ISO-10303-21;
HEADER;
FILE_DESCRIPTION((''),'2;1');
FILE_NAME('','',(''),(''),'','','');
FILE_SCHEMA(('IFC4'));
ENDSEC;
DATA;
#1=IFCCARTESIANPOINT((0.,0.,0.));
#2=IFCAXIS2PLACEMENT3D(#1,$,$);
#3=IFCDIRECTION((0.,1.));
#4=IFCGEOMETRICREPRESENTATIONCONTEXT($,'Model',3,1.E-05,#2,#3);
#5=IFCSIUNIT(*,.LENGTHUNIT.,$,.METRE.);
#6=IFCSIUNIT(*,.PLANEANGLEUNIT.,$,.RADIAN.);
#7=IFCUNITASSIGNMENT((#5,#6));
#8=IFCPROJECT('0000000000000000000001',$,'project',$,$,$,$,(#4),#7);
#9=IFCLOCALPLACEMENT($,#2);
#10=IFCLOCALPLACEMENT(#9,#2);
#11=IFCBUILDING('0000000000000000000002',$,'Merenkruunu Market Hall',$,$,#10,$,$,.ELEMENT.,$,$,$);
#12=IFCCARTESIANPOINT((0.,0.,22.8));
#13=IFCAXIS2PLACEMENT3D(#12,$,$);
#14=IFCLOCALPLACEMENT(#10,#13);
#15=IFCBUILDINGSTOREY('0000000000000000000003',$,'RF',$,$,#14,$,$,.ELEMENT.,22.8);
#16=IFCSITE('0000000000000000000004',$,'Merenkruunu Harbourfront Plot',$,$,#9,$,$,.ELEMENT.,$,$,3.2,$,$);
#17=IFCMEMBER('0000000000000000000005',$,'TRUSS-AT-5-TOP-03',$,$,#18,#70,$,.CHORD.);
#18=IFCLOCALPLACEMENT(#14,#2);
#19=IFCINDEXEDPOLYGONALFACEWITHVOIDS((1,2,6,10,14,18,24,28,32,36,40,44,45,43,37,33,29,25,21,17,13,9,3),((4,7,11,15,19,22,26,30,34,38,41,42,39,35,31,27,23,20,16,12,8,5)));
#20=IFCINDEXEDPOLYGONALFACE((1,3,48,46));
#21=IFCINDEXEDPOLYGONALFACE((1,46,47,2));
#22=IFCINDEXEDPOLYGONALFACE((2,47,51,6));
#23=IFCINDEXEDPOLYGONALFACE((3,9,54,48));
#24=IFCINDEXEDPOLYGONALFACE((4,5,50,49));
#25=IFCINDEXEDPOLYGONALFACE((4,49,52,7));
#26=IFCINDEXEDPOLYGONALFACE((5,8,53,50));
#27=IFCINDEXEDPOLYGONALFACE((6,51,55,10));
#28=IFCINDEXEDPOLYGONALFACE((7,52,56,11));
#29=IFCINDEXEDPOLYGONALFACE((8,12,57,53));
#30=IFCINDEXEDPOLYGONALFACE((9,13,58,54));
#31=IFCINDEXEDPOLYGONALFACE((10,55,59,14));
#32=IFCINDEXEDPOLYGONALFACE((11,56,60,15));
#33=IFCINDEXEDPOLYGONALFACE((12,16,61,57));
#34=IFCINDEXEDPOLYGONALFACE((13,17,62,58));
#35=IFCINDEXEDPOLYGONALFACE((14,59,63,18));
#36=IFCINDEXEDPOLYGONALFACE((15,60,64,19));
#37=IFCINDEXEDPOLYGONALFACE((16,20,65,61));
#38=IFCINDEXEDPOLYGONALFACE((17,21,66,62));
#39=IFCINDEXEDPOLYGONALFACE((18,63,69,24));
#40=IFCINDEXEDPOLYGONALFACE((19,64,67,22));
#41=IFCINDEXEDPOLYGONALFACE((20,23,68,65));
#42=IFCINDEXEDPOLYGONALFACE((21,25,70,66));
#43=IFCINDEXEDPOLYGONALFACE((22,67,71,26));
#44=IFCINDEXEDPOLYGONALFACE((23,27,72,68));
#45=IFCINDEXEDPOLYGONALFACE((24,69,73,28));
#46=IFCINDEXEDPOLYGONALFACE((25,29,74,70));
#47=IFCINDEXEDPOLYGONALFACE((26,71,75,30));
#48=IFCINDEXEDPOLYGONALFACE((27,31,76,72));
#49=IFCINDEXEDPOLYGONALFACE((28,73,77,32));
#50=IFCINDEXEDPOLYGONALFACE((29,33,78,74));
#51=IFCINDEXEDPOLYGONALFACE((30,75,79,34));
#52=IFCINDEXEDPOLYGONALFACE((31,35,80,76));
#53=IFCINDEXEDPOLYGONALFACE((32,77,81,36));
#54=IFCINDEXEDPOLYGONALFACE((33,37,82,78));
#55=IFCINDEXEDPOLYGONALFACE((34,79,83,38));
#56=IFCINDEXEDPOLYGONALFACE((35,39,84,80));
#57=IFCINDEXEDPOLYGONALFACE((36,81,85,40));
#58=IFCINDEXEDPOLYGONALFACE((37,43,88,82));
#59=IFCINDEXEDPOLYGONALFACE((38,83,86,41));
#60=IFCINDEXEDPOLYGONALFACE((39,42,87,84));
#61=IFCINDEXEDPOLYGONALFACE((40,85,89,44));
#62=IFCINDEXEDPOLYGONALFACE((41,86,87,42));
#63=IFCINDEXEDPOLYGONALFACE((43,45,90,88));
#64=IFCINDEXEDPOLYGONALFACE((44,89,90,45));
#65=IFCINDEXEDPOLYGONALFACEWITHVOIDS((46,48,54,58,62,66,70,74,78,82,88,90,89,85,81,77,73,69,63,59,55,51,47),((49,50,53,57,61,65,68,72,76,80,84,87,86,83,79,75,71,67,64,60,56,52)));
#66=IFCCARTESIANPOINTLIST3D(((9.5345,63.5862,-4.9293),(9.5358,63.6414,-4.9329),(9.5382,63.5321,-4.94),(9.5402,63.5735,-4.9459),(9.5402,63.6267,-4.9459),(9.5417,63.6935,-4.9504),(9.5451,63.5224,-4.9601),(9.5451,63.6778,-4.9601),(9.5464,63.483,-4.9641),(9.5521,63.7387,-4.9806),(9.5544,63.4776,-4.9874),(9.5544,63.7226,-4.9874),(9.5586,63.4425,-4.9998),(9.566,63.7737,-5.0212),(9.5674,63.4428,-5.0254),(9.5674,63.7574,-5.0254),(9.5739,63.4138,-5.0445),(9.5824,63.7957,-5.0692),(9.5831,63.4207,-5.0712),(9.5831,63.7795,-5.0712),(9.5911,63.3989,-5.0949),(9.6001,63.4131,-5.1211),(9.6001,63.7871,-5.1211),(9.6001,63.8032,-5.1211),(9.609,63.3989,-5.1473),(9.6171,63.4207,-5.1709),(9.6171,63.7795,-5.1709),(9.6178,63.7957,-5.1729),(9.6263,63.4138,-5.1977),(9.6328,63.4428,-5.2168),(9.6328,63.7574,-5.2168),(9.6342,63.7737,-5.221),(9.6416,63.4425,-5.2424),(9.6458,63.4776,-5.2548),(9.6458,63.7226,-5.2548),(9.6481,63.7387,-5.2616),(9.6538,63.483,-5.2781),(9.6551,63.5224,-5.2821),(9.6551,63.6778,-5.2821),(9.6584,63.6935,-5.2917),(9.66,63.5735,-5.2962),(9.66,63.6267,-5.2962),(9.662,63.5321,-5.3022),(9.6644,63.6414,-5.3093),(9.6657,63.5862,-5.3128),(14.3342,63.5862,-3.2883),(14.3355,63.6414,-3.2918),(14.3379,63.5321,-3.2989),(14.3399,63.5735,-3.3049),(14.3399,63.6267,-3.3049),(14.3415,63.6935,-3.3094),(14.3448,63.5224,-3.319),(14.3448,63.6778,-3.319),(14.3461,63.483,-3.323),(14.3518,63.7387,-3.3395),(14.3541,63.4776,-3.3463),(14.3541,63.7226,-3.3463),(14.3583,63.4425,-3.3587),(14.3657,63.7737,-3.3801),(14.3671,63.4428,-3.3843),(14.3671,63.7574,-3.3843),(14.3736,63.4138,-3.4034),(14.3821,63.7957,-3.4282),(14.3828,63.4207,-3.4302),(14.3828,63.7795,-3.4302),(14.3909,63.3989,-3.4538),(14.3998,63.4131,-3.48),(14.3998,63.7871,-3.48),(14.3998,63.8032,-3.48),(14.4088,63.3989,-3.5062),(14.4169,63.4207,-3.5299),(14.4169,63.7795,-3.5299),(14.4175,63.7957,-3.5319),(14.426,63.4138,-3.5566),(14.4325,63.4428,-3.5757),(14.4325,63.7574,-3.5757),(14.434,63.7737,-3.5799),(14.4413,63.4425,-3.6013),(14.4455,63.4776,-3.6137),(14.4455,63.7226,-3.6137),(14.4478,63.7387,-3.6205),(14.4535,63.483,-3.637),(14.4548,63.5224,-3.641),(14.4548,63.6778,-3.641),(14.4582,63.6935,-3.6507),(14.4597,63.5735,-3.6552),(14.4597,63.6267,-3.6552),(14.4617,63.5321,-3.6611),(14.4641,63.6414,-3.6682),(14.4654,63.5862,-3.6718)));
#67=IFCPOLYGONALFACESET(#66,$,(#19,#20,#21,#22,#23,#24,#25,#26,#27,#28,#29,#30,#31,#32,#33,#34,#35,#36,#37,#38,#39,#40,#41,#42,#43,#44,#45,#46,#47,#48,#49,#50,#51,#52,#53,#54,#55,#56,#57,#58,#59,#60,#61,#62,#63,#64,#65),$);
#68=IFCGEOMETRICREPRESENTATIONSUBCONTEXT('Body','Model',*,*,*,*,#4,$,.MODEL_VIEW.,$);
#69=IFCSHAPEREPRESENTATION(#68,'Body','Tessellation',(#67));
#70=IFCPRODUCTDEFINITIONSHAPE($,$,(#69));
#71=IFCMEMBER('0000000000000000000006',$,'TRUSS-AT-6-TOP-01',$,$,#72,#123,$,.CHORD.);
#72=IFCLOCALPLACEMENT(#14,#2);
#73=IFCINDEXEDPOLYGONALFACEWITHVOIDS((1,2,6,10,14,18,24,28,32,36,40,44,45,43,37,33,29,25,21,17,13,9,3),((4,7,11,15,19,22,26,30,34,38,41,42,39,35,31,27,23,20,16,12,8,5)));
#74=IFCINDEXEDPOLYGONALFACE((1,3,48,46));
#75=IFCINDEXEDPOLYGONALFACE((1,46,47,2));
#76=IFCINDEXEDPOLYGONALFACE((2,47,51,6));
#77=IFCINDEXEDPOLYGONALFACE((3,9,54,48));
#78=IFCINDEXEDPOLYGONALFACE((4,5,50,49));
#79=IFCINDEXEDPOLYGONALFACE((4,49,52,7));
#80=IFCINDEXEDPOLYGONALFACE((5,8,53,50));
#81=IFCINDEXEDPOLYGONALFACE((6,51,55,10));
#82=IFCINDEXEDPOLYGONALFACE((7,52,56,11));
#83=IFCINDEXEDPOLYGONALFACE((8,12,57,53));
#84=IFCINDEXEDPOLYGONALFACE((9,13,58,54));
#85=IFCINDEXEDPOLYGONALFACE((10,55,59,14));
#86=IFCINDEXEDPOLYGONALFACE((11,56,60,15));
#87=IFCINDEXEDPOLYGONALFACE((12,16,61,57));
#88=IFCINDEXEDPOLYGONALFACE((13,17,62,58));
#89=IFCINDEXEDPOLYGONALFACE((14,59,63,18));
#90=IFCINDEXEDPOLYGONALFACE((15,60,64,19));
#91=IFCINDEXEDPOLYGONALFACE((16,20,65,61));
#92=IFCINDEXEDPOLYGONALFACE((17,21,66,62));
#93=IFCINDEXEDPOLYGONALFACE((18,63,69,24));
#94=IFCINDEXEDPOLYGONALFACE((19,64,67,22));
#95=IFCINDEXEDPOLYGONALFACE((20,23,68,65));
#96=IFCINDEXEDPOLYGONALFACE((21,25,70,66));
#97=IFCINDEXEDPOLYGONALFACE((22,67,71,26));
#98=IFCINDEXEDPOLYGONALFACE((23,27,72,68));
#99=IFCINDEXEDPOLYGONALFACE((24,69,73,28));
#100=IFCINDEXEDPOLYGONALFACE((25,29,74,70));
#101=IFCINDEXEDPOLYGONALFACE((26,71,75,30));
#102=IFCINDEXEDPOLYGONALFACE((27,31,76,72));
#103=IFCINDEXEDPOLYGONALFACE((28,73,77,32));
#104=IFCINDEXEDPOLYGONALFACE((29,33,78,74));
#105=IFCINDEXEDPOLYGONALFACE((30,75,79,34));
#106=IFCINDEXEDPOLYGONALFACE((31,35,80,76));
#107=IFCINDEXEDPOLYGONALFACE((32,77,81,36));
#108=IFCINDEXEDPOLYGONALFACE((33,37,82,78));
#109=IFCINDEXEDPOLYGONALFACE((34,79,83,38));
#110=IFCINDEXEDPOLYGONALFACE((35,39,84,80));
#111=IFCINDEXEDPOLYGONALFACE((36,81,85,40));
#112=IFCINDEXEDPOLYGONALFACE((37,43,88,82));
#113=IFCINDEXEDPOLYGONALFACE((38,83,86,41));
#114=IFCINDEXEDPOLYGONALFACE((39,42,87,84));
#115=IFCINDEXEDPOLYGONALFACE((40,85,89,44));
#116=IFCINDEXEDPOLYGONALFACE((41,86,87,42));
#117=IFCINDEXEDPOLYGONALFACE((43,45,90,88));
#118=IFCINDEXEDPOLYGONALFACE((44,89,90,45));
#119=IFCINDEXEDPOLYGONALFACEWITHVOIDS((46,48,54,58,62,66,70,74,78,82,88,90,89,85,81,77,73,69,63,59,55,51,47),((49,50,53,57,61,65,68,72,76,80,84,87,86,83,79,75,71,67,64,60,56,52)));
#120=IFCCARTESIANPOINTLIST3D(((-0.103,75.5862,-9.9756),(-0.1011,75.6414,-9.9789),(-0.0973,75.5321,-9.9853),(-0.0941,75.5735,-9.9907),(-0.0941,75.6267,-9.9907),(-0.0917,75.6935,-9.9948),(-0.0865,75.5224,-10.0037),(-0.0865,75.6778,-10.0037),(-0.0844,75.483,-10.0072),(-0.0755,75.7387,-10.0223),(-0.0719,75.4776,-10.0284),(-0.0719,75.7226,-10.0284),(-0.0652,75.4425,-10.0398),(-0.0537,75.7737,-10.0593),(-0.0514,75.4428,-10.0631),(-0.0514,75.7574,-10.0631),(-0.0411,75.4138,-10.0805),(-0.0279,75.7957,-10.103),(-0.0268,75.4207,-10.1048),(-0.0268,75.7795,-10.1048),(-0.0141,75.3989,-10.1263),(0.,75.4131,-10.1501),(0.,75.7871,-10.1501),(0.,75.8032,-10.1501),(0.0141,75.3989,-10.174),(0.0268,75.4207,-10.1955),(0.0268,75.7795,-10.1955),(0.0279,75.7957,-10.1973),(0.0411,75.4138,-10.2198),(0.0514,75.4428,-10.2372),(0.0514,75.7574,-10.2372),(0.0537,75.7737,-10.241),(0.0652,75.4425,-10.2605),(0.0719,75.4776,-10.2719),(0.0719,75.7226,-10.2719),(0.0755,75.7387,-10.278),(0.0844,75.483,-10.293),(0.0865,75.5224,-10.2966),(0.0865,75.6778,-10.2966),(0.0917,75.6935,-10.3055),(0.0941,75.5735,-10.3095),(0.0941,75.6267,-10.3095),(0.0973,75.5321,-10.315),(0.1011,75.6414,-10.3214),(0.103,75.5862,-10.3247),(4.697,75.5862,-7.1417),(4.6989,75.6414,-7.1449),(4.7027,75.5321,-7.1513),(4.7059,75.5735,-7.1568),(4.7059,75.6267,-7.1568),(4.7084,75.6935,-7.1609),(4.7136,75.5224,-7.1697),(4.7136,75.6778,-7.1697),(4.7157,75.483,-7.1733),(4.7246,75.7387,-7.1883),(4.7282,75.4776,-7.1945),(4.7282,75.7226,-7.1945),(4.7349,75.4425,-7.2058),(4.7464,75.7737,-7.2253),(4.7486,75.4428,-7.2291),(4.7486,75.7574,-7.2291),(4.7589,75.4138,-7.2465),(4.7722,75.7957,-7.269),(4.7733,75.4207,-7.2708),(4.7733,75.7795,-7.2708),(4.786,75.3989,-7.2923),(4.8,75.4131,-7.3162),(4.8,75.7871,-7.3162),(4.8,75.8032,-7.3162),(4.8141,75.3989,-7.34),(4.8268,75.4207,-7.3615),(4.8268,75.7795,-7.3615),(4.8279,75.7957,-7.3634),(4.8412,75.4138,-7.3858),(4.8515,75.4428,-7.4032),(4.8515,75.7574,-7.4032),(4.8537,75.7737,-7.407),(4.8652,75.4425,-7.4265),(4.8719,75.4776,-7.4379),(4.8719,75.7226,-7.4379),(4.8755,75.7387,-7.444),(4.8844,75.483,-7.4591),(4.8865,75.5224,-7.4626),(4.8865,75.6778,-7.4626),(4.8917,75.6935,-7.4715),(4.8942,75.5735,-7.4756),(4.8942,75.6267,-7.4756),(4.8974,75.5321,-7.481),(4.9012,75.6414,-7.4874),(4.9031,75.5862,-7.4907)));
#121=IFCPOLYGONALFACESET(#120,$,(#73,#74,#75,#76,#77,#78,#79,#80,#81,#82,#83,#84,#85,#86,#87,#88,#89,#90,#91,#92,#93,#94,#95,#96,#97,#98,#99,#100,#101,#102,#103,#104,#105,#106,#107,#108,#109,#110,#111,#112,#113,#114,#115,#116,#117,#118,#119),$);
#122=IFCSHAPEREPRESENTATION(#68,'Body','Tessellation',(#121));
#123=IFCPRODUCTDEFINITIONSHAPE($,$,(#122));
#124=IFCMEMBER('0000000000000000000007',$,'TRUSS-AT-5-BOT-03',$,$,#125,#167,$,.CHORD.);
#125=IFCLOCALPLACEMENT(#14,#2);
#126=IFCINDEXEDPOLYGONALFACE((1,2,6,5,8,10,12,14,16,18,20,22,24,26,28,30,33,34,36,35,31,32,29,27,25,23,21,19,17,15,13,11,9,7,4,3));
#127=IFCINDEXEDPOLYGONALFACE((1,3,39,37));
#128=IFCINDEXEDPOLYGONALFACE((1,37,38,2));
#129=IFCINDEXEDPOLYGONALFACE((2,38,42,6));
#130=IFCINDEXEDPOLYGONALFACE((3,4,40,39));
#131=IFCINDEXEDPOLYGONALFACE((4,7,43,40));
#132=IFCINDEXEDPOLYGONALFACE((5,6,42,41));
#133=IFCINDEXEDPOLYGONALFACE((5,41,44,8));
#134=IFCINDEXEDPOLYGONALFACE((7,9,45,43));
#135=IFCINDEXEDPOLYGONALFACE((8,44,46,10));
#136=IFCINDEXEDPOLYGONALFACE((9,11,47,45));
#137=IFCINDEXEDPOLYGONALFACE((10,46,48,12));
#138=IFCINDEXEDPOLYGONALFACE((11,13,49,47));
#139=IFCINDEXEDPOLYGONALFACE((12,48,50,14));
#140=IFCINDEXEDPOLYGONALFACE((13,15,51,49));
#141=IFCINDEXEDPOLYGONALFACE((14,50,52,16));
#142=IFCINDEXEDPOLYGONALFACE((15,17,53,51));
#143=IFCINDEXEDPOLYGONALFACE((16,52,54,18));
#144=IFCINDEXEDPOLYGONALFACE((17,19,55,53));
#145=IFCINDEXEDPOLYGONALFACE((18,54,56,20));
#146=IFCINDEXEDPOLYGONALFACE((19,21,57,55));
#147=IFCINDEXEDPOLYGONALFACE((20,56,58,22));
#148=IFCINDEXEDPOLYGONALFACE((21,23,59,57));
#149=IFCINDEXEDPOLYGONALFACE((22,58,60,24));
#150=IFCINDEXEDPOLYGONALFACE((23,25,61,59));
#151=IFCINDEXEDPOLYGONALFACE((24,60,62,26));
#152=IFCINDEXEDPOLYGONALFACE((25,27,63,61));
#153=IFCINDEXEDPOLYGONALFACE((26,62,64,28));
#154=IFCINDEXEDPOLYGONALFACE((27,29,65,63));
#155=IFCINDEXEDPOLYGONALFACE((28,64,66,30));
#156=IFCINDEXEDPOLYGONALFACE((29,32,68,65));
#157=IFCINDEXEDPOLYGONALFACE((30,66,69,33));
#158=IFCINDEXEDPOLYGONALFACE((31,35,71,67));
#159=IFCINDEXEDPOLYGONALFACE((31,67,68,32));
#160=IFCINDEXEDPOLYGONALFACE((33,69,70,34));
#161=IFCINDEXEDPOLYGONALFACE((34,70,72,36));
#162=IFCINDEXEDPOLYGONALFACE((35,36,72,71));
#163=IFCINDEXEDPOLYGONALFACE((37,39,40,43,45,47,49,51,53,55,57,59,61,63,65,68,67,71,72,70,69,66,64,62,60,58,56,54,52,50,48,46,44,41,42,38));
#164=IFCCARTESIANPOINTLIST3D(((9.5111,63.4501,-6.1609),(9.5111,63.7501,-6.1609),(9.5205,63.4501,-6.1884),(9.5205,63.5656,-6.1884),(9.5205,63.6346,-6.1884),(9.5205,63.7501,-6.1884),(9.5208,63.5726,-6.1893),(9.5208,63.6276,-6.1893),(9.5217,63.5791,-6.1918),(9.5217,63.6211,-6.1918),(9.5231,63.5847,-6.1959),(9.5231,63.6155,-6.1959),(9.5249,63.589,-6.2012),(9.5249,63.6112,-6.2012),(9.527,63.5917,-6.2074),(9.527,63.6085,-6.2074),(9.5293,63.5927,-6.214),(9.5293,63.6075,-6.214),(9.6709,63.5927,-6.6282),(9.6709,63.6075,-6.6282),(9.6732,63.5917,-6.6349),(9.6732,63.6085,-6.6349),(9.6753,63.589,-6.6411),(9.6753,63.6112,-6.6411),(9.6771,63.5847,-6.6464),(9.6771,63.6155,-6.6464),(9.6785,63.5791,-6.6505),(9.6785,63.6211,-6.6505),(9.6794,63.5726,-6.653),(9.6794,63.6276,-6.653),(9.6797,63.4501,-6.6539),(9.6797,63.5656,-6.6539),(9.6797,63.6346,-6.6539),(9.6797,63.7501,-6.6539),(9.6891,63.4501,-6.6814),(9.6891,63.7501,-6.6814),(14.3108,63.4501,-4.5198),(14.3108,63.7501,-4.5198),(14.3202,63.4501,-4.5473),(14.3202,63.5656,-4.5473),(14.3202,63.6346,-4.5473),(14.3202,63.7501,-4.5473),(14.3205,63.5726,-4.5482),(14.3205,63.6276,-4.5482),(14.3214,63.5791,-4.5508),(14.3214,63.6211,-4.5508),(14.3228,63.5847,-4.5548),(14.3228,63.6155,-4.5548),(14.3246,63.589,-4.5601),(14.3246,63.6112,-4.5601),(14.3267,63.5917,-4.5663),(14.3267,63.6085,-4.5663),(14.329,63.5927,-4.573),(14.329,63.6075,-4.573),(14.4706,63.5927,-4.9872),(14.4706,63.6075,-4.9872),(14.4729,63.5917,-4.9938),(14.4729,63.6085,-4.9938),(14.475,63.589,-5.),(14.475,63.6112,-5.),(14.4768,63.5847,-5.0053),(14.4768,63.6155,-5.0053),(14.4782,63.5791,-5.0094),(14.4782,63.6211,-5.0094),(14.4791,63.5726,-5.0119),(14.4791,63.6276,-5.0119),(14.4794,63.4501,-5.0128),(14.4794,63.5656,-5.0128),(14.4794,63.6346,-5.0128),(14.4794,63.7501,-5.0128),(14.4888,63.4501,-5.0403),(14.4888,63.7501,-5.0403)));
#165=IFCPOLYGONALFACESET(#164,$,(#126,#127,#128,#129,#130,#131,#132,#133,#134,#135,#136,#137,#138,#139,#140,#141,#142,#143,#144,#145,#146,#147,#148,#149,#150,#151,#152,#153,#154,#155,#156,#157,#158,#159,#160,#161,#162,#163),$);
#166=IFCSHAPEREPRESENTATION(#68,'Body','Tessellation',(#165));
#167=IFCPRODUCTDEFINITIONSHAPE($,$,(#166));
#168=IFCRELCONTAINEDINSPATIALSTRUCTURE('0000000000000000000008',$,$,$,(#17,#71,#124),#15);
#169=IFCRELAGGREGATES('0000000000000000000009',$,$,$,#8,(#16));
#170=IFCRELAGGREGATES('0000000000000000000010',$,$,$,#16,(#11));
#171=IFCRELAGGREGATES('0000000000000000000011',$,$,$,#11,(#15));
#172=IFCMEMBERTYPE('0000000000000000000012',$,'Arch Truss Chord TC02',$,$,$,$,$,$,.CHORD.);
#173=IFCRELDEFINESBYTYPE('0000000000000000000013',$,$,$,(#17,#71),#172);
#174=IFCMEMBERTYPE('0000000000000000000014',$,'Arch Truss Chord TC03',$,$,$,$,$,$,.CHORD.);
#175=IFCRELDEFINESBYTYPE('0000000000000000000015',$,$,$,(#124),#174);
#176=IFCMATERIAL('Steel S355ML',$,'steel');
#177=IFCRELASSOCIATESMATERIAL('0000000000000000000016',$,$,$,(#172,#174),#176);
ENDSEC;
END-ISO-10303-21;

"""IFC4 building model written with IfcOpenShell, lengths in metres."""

from ifc_helpers import new_model, si_unit, direction, frame, origin, origin_2d, place, context, subcontext, project, spatial, hollow_circle, i_section, extrude, material, material_profile, profile_set, type_object, element, save


model = new_model("IFC4")

# Units and contexts
model_context = context("Model", 3, precision=1e-05, world=origin(), true_north=direction((0.0, 1.0)))
body_context = subcontext(model_context, "Body", "Model", "MODEL_VIEW")
ifc_project = project(units=[si_unit("LENGTHUNIT", "METRE"), si_unit("PLANEANGLEUNIT", "RADIAN")], contexts=[model_context])

# Site, building, storey
site_placement = place(None, origin())
site = spatial("IfcSite", under=ifc_project, at=site_placement, Name="Merenkruunu Harbourfront Plot", CompositionType="ELEMENT", RefElevation=3.2)
building_placement = place(site_placement, origin())
building = spatial("IfcBuilding", under=site, at=building_placement, Name="Merenkruunu Market Hall", CompositionType="ELEMENT")
storey_placement = place(building_placement, frame((0.0, 0.0, 22.8)))
storey = spatial("IfcBuildingStorey", under=building, at=storey_placement, Name="RF", CompositionType="ELEMENT", Elevation=22.8)

# Members
ifc_material_1 = material(Name="Steel S355ML", Category="steel")
ifc_material_profile_1 = material_profile(ifc_material_1, hollow_circle(Radius=0.2031, WallThickness=0.0161, at=origin_2d()), Name="CHS 406.4x16")
ifc_profile_set_1 = profile_set([ifc_material_profile_1], Name="Steel S355ML")
member_type_1 = type_object("IfcMemberType", Name="Arch Truss Chord TC02", PredefinedType="CHORD", material=ifc_profile_set_1)
member_1_placement = place(storey_placement, frame((9.6001, 63.6001, -5.1211), z_axis=(0.94622, 0.0, 0.323524), x_axis=(0.0, 1.0, 0.0)))
element("IfcMember", 1, at=member_1_placement, inside=storey, type_object=member_type_1, Name="TRUSS-AT-5-TOP-03", PredefinedType="CHORD", context=body_context, shape_type="SweptSolid", body=[
    extrude(hollow_circle(Radius=0.2031, WallThickness=0.0161, at=origin_2d()), origin(), (0.0, 0.0, 1.0), 5.0725),
])
member_2_placement = place(storey_placement, frame((0.0, 75.6001, -10.1501), z_axis=(0.861116, 0.0, 0.508409), x_axis=(0.0, 1.0, 0.0)))
element("IfcMember", 2, at=member_2_placement, inside=storey, type_object=member_type_1, Name="TRUSS-AT-6-TOP-01", PredefinedType="CHORD", context=body_context, shape_type="SweptSolid", body=[
    extrude(hollow_circle(Radius=0.2031, WallThickness=0.0161, at=origin_2d()), origin(), (0.0, 0.0, 1.0), 5.5742),
])
ifc_material_profile_2 = material_profile(ifc_material_1, i_section(OverallWidth=0.3, OverallDepth=0.55, WebThickness=0.0149, FlangeThickness=0.0291, FilletRadius=0.0271, at=origin_2d()), Name="HEB 550")
ifc_profile_set_2 = profile_set([ifc_material_profile_2], Name="Steel S355ML")
member_type_2 = type_object("IfcMemberType", Name="Arch Truss Chord TC03", PredefinedType="CHORD", material=ifc_profile_set_2)
member_3_placement = place(storey_placement, frame((9.6001, 63.6001, -6.4211), z_axis=(0.94622, 0.0, 0.323524), x_axis=(0.0, 1.0, 0.0)))
element("IfcMember", 3, at=member_3_placement, inside=storey, type_object=member_type_2, Name="TRUSS-AT-5-BOT-03", PredefinedType="CHORD", context=body_context, shape_type="SweptSolid", body=[
    extrude(i_section(OverallWidth=0.3, OverallDepth=0.55, WebThickness=0.0149, FlangeThickness=0.0291, FilletRadius=0.0271, at=origin_2d()), origin(), (0.0, 0.0, 1.0), 5.0725),
])

save(model, "model.ifc")
